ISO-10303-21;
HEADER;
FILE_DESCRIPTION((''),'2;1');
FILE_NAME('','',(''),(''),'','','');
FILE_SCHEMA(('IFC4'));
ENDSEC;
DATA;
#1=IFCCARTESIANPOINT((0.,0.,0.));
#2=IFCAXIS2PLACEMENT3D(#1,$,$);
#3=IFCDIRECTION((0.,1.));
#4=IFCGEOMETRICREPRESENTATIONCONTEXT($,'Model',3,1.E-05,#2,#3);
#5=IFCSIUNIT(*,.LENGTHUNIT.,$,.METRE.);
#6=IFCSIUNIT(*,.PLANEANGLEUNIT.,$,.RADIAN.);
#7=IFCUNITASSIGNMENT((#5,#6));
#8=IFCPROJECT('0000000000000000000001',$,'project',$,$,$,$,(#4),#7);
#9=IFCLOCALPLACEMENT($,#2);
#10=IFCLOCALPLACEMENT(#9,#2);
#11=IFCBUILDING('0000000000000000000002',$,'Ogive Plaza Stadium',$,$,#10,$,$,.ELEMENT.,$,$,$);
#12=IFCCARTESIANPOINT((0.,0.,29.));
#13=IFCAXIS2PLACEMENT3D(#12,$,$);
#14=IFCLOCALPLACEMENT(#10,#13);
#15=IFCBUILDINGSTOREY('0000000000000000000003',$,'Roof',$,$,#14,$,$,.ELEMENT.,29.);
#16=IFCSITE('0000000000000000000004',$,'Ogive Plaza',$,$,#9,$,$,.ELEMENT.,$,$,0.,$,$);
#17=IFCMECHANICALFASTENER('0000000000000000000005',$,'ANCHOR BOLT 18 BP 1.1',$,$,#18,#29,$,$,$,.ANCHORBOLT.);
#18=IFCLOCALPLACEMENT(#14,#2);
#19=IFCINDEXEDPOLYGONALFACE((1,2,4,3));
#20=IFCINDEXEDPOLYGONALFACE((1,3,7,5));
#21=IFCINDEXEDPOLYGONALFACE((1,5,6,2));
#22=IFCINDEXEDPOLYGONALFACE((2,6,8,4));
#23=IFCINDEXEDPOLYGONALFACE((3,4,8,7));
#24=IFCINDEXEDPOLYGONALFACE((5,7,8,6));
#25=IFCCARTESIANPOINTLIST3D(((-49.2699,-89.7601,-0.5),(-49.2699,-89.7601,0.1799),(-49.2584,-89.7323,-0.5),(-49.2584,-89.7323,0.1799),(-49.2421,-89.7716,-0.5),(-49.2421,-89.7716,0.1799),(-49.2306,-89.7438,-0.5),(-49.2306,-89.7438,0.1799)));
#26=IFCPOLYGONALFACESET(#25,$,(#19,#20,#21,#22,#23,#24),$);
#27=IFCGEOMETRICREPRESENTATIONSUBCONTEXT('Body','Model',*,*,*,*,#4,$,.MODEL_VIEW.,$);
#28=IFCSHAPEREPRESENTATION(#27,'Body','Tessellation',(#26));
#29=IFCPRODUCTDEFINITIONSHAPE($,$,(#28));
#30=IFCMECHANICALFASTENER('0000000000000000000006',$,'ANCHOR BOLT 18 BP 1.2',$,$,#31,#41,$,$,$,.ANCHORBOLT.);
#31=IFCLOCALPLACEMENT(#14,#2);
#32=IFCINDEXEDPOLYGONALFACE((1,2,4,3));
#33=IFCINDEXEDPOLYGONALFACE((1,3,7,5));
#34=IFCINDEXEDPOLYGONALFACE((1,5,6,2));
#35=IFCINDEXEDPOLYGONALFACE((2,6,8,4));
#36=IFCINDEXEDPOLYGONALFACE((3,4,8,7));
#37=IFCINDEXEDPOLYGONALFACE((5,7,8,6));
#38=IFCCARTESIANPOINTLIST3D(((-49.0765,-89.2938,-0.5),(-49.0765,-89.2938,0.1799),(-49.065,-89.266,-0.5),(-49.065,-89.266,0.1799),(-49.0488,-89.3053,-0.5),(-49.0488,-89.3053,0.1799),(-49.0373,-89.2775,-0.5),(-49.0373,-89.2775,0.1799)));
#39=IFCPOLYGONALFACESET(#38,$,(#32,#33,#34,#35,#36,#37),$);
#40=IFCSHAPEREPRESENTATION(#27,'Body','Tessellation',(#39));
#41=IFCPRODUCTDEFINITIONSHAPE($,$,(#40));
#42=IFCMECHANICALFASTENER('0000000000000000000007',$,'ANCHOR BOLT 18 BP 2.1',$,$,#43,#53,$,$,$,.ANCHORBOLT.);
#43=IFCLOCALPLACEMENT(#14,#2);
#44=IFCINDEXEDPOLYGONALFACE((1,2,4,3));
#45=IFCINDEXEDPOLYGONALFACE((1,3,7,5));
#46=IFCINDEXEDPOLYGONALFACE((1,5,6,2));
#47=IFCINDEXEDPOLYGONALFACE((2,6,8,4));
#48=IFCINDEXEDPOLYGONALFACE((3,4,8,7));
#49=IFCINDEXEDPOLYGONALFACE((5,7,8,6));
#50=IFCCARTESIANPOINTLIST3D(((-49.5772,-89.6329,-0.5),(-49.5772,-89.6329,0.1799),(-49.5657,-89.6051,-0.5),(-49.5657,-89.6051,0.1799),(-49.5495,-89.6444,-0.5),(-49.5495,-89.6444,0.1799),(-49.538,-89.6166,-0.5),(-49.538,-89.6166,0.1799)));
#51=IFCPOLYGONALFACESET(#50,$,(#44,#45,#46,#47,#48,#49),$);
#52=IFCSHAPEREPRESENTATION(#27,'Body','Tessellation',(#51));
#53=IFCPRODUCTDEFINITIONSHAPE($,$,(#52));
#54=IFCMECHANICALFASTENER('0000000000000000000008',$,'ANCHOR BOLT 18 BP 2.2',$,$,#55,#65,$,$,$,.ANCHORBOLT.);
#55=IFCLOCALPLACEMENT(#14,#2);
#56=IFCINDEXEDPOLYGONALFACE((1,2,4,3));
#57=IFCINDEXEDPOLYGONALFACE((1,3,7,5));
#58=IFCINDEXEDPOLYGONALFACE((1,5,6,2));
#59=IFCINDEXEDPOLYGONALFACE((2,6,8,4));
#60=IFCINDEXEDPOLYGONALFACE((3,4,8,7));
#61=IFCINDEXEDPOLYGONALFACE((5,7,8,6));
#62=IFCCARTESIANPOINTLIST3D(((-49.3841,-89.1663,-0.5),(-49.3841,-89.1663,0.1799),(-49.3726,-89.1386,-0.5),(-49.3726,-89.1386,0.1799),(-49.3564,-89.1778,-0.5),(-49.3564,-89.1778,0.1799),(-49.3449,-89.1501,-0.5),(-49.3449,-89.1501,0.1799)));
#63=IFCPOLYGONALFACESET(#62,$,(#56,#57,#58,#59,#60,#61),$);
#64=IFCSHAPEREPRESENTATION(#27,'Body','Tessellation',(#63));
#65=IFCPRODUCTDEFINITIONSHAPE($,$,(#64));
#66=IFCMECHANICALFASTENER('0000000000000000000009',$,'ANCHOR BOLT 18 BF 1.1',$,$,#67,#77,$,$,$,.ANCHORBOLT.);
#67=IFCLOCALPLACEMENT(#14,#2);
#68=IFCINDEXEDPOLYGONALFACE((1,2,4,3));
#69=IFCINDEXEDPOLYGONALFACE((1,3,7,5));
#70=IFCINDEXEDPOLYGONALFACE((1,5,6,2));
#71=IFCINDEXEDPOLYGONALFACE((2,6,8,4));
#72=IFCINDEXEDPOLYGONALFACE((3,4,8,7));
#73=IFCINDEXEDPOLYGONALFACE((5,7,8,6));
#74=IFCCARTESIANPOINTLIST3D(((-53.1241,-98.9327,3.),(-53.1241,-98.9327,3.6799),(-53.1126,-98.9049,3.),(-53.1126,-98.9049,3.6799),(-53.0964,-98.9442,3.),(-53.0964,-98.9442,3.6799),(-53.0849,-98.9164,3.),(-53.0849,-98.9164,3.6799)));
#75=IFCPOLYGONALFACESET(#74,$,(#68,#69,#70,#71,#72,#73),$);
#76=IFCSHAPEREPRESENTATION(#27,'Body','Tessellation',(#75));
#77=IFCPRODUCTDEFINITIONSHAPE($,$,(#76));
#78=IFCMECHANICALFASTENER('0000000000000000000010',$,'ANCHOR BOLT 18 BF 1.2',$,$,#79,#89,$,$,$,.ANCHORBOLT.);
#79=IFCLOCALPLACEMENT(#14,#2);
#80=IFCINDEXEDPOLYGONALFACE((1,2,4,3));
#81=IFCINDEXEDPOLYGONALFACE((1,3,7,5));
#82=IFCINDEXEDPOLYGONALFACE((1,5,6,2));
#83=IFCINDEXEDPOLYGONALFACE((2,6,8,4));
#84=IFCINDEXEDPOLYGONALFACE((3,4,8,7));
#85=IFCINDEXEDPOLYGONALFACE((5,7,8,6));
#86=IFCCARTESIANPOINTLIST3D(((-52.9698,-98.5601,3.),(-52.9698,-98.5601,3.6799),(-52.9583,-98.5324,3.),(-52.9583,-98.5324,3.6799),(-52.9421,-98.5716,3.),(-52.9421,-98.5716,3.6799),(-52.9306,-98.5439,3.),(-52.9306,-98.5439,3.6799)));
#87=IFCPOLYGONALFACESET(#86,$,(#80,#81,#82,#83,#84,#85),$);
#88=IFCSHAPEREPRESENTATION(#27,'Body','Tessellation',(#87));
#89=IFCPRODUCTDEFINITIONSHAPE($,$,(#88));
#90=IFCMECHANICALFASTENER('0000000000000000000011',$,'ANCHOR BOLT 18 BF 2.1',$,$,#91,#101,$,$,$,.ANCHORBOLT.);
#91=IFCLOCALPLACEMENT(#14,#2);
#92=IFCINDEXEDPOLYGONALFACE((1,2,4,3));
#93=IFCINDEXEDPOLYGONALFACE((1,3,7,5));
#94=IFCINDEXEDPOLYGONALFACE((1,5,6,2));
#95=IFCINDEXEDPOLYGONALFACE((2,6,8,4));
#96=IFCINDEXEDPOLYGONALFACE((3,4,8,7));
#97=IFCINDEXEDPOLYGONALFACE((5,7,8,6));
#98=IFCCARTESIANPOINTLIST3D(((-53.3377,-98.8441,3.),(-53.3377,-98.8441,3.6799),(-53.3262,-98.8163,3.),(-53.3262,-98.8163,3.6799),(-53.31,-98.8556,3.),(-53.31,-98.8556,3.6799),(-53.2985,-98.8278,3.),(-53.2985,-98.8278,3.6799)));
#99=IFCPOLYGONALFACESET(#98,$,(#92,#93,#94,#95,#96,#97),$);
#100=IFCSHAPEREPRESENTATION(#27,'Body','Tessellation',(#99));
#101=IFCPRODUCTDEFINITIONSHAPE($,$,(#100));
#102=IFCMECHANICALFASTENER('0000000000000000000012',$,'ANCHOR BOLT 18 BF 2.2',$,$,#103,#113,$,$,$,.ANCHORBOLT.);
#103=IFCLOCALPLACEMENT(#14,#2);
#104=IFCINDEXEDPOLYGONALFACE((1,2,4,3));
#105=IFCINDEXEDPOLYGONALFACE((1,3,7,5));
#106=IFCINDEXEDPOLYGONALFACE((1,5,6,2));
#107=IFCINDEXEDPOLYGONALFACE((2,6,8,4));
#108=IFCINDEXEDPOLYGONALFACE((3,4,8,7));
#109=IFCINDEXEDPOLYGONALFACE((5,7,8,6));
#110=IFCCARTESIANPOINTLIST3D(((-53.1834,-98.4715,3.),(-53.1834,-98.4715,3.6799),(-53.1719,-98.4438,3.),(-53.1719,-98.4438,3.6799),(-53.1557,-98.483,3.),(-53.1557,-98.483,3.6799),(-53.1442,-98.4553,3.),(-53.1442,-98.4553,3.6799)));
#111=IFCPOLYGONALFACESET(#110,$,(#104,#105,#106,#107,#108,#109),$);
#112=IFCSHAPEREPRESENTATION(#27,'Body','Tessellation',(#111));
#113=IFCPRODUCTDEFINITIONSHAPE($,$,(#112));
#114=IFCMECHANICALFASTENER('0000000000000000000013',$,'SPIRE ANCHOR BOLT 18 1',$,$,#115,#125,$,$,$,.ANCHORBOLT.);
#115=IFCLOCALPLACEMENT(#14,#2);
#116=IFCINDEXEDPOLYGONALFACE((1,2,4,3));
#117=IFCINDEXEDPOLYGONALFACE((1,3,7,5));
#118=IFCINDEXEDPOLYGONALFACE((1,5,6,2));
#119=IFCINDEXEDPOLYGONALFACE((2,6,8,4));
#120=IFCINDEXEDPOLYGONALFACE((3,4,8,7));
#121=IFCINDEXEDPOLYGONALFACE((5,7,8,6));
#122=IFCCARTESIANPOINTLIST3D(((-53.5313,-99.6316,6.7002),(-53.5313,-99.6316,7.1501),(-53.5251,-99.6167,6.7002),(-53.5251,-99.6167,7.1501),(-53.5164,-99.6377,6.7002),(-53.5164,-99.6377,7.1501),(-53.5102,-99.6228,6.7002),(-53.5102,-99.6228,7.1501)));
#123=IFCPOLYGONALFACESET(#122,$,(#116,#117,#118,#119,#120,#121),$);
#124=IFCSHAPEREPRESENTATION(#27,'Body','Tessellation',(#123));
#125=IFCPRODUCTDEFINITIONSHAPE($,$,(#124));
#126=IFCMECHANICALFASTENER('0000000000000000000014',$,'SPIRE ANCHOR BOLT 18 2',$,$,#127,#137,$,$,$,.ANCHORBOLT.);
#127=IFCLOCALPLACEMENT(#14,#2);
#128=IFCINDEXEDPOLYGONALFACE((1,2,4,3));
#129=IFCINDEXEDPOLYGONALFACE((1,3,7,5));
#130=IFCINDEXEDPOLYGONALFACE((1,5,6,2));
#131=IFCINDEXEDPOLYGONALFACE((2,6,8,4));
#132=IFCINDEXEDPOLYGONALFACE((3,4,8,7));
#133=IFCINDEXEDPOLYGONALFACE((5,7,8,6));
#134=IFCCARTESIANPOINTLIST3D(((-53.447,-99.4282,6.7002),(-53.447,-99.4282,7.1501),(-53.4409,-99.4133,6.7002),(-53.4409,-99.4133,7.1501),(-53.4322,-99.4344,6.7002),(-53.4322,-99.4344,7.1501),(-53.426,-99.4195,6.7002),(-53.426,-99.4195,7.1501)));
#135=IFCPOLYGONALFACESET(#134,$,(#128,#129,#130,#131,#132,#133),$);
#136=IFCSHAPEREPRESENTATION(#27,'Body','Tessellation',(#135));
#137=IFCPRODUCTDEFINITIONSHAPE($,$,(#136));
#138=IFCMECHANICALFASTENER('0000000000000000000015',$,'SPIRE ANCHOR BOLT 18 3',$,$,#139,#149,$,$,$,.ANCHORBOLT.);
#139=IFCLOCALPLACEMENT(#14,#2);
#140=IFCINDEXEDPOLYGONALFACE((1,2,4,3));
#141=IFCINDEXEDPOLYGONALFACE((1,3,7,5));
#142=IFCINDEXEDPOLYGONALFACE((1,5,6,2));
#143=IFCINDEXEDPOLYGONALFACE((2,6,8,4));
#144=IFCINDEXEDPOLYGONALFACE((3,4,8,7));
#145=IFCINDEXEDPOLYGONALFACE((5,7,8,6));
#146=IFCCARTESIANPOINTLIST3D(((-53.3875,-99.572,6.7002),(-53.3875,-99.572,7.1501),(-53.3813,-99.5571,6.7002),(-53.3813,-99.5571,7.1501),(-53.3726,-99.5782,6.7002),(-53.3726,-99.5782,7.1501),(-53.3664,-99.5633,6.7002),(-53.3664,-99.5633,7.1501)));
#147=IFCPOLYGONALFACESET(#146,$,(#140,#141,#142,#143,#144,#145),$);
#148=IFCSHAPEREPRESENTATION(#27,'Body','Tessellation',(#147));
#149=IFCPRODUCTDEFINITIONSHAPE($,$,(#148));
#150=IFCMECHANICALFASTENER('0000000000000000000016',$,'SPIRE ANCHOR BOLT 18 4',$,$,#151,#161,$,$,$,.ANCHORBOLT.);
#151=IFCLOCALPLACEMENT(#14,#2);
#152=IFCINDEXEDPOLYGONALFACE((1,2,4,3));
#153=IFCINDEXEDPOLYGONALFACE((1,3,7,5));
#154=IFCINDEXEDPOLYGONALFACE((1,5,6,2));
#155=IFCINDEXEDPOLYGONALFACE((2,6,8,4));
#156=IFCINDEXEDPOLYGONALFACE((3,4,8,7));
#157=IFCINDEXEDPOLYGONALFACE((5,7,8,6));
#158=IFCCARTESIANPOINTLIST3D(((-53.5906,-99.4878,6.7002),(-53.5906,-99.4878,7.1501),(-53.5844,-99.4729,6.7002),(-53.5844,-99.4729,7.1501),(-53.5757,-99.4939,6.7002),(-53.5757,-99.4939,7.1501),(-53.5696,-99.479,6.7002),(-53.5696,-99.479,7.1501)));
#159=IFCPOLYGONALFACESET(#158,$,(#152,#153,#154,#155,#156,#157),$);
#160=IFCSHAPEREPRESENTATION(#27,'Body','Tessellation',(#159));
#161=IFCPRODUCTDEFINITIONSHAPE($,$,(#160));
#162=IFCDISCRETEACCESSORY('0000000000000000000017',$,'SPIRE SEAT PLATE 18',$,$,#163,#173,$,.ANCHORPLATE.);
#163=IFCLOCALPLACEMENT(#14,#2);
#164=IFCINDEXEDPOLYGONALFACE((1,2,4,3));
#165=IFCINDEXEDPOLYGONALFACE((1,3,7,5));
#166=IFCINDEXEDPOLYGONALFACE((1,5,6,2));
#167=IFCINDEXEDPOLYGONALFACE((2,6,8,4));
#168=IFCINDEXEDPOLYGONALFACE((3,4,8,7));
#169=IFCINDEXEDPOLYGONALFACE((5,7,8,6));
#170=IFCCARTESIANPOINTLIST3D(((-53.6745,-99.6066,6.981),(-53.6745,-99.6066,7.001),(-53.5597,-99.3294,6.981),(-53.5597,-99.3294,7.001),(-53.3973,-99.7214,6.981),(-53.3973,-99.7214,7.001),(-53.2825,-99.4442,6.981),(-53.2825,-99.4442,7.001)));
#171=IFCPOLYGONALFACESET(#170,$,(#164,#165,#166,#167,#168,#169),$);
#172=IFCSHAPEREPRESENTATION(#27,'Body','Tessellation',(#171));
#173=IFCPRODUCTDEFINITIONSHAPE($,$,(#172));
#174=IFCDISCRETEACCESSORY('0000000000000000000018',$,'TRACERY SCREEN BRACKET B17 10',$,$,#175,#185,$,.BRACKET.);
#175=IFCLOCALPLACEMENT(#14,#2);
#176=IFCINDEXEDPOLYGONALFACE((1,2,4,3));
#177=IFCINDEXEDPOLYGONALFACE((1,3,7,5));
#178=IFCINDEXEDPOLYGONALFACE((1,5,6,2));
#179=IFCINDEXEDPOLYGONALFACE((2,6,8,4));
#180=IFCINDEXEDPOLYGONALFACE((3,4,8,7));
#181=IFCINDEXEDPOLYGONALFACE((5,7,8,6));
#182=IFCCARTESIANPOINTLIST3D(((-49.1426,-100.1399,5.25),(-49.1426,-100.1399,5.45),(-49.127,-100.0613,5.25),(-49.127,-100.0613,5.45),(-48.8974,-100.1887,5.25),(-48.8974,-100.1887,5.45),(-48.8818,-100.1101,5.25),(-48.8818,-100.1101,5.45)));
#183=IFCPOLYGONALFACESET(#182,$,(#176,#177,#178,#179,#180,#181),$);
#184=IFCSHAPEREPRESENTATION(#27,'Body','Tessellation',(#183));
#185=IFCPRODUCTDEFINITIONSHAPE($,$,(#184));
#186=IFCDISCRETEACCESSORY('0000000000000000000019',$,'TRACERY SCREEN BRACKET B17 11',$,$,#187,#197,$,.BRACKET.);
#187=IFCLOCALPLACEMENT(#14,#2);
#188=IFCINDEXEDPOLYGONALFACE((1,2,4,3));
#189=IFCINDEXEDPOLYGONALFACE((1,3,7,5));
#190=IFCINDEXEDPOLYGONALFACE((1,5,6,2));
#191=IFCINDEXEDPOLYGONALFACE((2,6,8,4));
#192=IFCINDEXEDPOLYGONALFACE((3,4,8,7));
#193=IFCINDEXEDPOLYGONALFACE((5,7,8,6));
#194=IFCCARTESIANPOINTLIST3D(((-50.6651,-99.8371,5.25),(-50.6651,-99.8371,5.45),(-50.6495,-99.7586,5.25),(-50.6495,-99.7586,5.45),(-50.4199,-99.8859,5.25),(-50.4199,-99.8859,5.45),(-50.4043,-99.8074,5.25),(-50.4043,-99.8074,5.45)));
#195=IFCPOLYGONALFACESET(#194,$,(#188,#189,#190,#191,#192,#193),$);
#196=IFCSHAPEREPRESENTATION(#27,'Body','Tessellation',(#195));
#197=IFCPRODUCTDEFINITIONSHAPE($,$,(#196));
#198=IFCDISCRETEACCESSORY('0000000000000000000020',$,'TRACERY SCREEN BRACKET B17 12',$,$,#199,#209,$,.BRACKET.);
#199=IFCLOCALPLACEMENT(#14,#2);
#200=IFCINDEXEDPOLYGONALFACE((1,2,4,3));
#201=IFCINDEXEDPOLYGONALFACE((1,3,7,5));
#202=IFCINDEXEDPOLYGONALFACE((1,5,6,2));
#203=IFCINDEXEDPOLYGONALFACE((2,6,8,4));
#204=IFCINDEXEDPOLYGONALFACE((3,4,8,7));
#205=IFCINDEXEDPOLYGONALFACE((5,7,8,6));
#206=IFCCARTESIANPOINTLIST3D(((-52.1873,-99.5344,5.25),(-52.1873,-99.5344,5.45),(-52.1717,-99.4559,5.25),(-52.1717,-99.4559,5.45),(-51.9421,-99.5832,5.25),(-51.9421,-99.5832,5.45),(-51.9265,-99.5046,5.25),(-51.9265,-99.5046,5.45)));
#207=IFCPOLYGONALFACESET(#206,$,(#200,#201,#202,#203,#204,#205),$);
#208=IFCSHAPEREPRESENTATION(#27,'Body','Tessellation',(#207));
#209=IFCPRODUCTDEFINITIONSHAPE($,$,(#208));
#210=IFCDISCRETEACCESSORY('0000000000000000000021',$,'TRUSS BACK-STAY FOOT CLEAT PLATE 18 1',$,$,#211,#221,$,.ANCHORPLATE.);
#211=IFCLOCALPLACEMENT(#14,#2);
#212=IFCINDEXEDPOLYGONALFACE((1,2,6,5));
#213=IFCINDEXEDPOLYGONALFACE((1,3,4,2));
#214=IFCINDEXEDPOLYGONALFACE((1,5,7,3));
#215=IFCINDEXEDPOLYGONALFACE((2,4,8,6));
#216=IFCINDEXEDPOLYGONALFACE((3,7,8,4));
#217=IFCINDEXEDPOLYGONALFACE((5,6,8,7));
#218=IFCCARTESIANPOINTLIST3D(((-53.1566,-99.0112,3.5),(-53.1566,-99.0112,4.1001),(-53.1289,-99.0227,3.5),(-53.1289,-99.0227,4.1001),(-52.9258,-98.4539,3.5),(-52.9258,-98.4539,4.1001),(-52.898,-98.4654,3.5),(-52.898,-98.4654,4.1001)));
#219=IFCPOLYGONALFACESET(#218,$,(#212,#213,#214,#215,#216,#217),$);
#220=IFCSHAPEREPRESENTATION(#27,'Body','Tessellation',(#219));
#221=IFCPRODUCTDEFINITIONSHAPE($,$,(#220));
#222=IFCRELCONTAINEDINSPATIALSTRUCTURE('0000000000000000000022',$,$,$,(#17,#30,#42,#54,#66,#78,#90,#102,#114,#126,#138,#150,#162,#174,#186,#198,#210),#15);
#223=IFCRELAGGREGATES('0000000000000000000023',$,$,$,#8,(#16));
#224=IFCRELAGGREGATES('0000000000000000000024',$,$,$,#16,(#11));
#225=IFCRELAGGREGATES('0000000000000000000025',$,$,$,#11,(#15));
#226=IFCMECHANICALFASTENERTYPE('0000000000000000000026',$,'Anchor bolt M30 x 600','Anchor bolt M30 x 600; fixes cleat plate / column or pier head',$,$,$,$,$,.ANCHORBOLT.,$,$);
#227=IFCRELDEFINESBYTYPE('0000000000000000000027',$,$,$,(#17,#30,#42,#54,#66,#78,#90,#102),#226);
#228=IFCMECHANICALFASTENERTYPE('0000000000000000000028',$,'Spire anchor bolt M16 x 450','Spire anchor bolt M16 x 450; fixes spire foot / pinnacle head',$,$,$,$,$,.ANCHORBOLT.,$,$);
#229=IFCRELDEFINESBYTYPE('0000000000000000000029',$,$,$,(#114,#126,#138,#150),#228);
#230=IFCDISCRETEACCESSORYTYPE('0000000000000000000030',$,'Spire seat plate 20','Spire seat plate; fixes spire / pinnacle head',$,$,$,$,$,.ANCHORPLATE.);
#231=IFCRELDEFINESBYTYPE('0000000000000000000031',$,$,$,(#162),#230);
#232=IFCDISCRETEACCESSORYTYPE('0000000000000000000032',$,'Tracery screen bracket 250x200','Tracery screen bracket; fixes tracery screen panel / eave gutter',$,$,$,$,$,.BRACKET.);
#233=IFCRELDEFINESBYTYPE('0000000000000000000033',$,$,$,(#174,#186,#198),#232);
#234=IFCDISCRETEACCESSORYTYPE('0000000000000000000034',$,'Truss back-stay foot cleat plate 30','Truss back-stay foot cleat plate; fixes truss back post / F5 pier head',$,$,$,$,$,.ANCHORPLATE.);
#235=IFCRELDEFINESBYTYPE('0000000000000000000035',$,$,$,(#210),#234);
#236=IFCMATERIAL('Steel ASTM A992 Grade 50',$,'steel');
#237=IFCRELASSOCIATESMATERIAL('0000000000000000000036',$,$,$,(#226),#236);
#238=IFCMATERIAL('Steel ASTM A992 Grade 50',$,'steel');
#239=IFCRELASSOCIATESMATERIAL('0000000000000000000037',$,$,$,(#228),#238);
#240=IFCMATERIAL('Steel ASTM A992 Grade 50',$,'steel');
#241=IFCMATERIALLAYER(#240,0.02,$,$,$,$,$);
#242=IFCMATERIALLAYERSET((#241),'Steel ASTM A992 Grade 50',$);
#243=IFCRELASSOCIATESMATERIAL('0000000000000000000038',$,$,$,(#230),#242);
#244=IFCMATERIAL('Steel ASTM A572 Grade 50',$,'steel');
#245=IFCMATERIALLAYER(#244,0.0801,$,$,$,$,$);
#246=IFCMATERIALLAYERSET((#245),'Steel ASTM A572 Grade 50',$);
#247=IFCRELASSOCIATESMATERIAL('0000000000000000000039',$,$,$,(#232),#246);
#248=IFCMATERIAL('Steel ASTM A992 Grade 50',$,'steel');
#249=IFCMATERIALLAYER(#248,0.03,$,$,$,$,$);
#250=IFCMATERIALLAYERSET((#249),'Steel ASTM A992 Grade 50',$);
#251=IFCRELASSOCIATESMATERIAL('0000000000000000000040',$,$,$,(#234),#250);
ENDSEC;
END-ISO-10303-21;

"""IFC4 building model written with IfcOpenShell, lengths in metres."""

from ifc_helpers import new_model, si_unit, direction, frame, origin, origin_2d, place, context, subcontext, project, spatial, rectangle, extrude, material, layer, layer_set, type_object, element, save


model = new_model("IFC4")

# Units and contexts
model_context = context("Model", 3, precision=1e-05, world=origin(), true_north=direction((0.0, 1.0)))
body_context = subcontext(model_context, "Body", "Model", "MODEL_VIEW")
ifc_project = project(units=[si_unit("LENGTHUNIT", "METRE"), si_unit("PLANEANGLEUNIT", "RADIAN")], contexts=[model_context])

# Site, building, storey
site_placement = place(None, origin())
site = spatial("IfcSite", under=ifc_project, at=site_placement, Name="Ogive Plaza", CompositionType="ELEMENT", RefElevation=0.0)
building_placement = place(site_placement, origin())
building = spatial("IfcBuilding", under=site, at=building_placement, Name="Ogive Plaza Stadium", CompositionType="ELEMENT")
storey_placement = place(building_placement, frame((0.0, 0.0, 29.0)))
storey = spatial("IfcBuildingStorey", under=building, at=storey_placement, Name="Roof", CompositionType="ELEMENT", Elevation=29.0)

# Mechanical fasteners
ifc_material_1 = material(Name="Steel ASTM A992 Grade 50", Category="steel")
mechanical_fastener_type_1 = type_object("IfcMechanicalFastenerType", Name="Anchor bolt M30 x 600", Description="Anchor bolt M30 x 600; fixes cleat plate / column or pier head", PredefinedType="ANCHORBOLT", material=ifc_material_1)
for number, where, z_axis, x_axis, name in (
    (1, (-49.2502, -89.752, -0.5), (0.0, 0.0, 1.0), (-0.382683, -0.92388, 0.0), "ANCHOR BOLT 18 BP 1.1"),
    (2, (-49.0569, -89.2856, -0.5), (0.0, 0.0, 1.0), (-0.382683, -0.92388, 0.0), "ANCHOR BOLT 18 BP 1.2"),
    (3, (-49.5576, -89.6248, -0.5), (0.0, 0.0, 1.0), (-0.382683, -0.92388, 0.0), "ANCHOR BOLT 18 BP 2.1"),
    (4, (-49.3645, -89.1582, -0.5), (0.0, 0.0, 1.0), (-0.382683, -0.92388, 0.0), "ANCHOR BOLT 18 BP 2.2"),
    (5, (-53.1045, -98.9246, 3.0), (0.0, 0.0, 1.0), (-0.382683, -0.92388, 0.0), "ANCHOR BOLT 18 BF 1.1"),
    (6, (-52.9502, -98.552, 3.0), (0.0, 0.0, 1.0), (-0.382683, -0.92388, 0.0), "ANCHOR BOLT 18 BF 1.2"),
    (7, (-53.3181, -98.8359, 3.0), (0.0, 0.0, 1.0), (-0.382683, -0.92388, 0.0), "ANCHOR BOLT 18 BF 2.1"),
    (8, (-53.1638, -98.4634, 3.0), (0.0, 0.0, 1.0), (-0.382683, -0.92388, 0.0), "ANCHOR BOLT 18 BF 2.2"),
):
    element("IfcMechanicalFastener", number, at=place(storey_placement, frame(where, z_axis=z_axis, x_axis=x_axis)), inside=storey, type_object=mechanical_fastener_type_1, Name=name, PredefinedType="ANCHORBOLT", context=body_context, shape_type="SweptSolid", body=[
        extrude(rectangle(XDim=0.03, YDim=0.03, at=origin_2d()), origin(), (0.0, 0.0, 1.0), 0.6799),
    ])
ifc_material_2 = material(Name="Steel ASTM A992 Grade 50", Category="steel")
mechanical_fastener_type_2 = type_object("IfcMechanicalFastenerType", Name="Spire anchor bolt M16 x 450", Description="Spire anchor bolt M16 x 450; fixes spire foot / pinnacle head", PredefinedType="ANCHORBOLT", material=ifc_material_2)
for number, where, z_axis, x_axis, name in (
    (9, (-53.5208, -99.6272, 6.7002), (0.0, 0.0, 1.0), (-0.382683, -0.92388, 0.0), "SPIRE ANCHOR BOLT 18 1"),
    (10, (-53.4365, -99.4238, 6.7002), (0.0, 0.0, 1.0), (-0.382683, -0.92388, 0.0), "SPIRE ANCHOR BOLT 18 2"),
    (11, (-53.377, -99.5676, 6.7002), (0.0, 0.0, 1.0), (-0.382683, -0.92388, 0.0), "SPIRE ANCHOR BOLT 18 3"),
    (12, (-53.5801, -99.4834, 6.7002), (0.0, 0.0, 1.0), (-0.382683, -0.92388, 0.0), "SPIRE ANCHOR BOLT 18 4"),
):
    element("IfcMechanicalFastener", number, at=place(storey_placement, frame(where, z_axis=z_axis, x_axis=x_axis)), inside=storey, type_object=mechanical_fastener_type_2, Name=name, PredefinedType="ANCHORBOLT", context=body_context, shape_type="SweptSolid", body=[
        extrude(rectangle(XDim=0.0161, YDim=0.0161, at=origin_2d()), origin(), (0.0, 0.0, 1.0), 0.45),
    ])

# Discrete accessories
ifc_material_3 = material(Name="Steel ASTM A992 Grade 50", Category="steel")
ifc_layer_1 = layer(ifc_material_3, 0.02)
ifc_layer_set_1 = layer_set([ifc_layer_1], Name="Steel ASTM A992 Grade 50")
discrete_accessory_type_1 = type_object("IfcDiscreteAccessoryType", Name="Spire seat plate 20", Description="Spire seat plate; fixes spire / pinnacle head", PredefinedType="ANCHORPLATE", material=ifc_layer_set_1)
discrete_accessory_placement = place(storey_placement, frame((-53.4785, -99.5254, 6.981), z_axis=(0.0, 0.0, 1.0), x_axis=(-0.382683, -0.92388, 0.0)))
element("IfcDiscreteAccessory", 13, at=discrete_accessory_placement, inside=storey, type_object=discrete_accessory_type_1, Name="SPIRE SEAT PLATE 18", PredefinedType="ANCHORPLATE", context=body_context, shape_type="SweptSolid", body=[
    extrude(rectangle(XDim=0.3, YDim=0.3, at=origin_2d()), origin(), (0.0, 0.0, 1.0), 0.02),
])
ifc_material_4 = material(Name="Steel ASTM A572 Grade 50", Category="steel")
ifc_layer_2 = layer(ifc_material_4, 0.0801)
ifc_layer_set_2 = layer_set([ifc_layer_2], Name="Steel ASTM A572 Grade 50")
discrete_accessory_type_2 = type_object("IfcDiscreteAccessoryType", Name="Tracery screen bracket 250x200", Description="Tracery screen bracket; fixes tracery screen panel / eave gutter", PredefinedType="BRACKET", material=ifc_layer_set_2)
for number, where, z_axis, x_axis, name in (
    (14, (-49.0122, -100.125, 5.25), (0.0, 0.0, 1.0), (-0.980785, 0.19509, 0.0), "TRACERY SCREEN BRACKET B17 10"),
    (15, (-50.5347, -99.8223, 5.25), (0.0, 0.0, 1.0), (-0.980785, 0.19509, 0.0), "TRACERY SCREEN BRACKET B17 11"),
    (16, (-52.0569, -99.5195, 5.25), (0.0, 0.0, 1.0), (-0.980785, 0.19509, 0.0), "TRACERY SCREEN BRACKET B17 12"),
):
    element("IfcDiscreteAccessory", number, at=place(storey_placement, frame(where, z_axis=z_axis, x_axis=x_axis)), inside=storey, type_object=discrete_accessory_type_2, Name=name, PredefinedType="BRACKET", context=body_context, shape_type="SweptSolid", body=[
        extrude(rectangle(XDim=0.25, YDim=0.0801, at=origin_2d()), origin(), (0.0, 0.0, 1.0), 0.2),
    ])
ifc_material_5 = material(Name="Steel ASTM A992 Grade 50", Category="steel")
ifc_layer_3 = layer(ifc_material_5, 0.03)
ifc_layer_set_3 = layer_set([ifc_layer_3], Name="Steel ASTM A992 Grade 50")
discrete_accessory_type_3 = type_object("IfcDiscreteAccessoryType", Name="Truss back-stay foot cleat plate 30", Description="Truss back-stay foot cleat plate; fixes truss back post / F5 pier head", PredefinedType="ANCHORPLATE", material=ifc_layer_set_3)
for number, where, z_axis, x_axis, name in (
    (17, (-53.0273, -98.7383, 3.5), (0.0, 0.0, 1.0), (-0.382683, -0.92388, 0.0), "TRUSS BACK-STAY FOOT CLEAT PLATE 18 1"),
):
    element("IfcDiscreteAccessory", number, at=place(storey_placement, frame(where, z_axis=z_axis, x_axis=x_axis)), inside=storey, type_object=discrete_accessory_type_3, Name=name, PredefinedType="ANCHORPLATE", context=body_context, shape_type="SweptSolid", body=[
        extrude(rectangle(XDim=0.6033, YDim=0.03, at=origin_2d()), origin(), (0.0, 0.0, 1.0), 0.6001),
    ])

save(model, "model.ifc")
